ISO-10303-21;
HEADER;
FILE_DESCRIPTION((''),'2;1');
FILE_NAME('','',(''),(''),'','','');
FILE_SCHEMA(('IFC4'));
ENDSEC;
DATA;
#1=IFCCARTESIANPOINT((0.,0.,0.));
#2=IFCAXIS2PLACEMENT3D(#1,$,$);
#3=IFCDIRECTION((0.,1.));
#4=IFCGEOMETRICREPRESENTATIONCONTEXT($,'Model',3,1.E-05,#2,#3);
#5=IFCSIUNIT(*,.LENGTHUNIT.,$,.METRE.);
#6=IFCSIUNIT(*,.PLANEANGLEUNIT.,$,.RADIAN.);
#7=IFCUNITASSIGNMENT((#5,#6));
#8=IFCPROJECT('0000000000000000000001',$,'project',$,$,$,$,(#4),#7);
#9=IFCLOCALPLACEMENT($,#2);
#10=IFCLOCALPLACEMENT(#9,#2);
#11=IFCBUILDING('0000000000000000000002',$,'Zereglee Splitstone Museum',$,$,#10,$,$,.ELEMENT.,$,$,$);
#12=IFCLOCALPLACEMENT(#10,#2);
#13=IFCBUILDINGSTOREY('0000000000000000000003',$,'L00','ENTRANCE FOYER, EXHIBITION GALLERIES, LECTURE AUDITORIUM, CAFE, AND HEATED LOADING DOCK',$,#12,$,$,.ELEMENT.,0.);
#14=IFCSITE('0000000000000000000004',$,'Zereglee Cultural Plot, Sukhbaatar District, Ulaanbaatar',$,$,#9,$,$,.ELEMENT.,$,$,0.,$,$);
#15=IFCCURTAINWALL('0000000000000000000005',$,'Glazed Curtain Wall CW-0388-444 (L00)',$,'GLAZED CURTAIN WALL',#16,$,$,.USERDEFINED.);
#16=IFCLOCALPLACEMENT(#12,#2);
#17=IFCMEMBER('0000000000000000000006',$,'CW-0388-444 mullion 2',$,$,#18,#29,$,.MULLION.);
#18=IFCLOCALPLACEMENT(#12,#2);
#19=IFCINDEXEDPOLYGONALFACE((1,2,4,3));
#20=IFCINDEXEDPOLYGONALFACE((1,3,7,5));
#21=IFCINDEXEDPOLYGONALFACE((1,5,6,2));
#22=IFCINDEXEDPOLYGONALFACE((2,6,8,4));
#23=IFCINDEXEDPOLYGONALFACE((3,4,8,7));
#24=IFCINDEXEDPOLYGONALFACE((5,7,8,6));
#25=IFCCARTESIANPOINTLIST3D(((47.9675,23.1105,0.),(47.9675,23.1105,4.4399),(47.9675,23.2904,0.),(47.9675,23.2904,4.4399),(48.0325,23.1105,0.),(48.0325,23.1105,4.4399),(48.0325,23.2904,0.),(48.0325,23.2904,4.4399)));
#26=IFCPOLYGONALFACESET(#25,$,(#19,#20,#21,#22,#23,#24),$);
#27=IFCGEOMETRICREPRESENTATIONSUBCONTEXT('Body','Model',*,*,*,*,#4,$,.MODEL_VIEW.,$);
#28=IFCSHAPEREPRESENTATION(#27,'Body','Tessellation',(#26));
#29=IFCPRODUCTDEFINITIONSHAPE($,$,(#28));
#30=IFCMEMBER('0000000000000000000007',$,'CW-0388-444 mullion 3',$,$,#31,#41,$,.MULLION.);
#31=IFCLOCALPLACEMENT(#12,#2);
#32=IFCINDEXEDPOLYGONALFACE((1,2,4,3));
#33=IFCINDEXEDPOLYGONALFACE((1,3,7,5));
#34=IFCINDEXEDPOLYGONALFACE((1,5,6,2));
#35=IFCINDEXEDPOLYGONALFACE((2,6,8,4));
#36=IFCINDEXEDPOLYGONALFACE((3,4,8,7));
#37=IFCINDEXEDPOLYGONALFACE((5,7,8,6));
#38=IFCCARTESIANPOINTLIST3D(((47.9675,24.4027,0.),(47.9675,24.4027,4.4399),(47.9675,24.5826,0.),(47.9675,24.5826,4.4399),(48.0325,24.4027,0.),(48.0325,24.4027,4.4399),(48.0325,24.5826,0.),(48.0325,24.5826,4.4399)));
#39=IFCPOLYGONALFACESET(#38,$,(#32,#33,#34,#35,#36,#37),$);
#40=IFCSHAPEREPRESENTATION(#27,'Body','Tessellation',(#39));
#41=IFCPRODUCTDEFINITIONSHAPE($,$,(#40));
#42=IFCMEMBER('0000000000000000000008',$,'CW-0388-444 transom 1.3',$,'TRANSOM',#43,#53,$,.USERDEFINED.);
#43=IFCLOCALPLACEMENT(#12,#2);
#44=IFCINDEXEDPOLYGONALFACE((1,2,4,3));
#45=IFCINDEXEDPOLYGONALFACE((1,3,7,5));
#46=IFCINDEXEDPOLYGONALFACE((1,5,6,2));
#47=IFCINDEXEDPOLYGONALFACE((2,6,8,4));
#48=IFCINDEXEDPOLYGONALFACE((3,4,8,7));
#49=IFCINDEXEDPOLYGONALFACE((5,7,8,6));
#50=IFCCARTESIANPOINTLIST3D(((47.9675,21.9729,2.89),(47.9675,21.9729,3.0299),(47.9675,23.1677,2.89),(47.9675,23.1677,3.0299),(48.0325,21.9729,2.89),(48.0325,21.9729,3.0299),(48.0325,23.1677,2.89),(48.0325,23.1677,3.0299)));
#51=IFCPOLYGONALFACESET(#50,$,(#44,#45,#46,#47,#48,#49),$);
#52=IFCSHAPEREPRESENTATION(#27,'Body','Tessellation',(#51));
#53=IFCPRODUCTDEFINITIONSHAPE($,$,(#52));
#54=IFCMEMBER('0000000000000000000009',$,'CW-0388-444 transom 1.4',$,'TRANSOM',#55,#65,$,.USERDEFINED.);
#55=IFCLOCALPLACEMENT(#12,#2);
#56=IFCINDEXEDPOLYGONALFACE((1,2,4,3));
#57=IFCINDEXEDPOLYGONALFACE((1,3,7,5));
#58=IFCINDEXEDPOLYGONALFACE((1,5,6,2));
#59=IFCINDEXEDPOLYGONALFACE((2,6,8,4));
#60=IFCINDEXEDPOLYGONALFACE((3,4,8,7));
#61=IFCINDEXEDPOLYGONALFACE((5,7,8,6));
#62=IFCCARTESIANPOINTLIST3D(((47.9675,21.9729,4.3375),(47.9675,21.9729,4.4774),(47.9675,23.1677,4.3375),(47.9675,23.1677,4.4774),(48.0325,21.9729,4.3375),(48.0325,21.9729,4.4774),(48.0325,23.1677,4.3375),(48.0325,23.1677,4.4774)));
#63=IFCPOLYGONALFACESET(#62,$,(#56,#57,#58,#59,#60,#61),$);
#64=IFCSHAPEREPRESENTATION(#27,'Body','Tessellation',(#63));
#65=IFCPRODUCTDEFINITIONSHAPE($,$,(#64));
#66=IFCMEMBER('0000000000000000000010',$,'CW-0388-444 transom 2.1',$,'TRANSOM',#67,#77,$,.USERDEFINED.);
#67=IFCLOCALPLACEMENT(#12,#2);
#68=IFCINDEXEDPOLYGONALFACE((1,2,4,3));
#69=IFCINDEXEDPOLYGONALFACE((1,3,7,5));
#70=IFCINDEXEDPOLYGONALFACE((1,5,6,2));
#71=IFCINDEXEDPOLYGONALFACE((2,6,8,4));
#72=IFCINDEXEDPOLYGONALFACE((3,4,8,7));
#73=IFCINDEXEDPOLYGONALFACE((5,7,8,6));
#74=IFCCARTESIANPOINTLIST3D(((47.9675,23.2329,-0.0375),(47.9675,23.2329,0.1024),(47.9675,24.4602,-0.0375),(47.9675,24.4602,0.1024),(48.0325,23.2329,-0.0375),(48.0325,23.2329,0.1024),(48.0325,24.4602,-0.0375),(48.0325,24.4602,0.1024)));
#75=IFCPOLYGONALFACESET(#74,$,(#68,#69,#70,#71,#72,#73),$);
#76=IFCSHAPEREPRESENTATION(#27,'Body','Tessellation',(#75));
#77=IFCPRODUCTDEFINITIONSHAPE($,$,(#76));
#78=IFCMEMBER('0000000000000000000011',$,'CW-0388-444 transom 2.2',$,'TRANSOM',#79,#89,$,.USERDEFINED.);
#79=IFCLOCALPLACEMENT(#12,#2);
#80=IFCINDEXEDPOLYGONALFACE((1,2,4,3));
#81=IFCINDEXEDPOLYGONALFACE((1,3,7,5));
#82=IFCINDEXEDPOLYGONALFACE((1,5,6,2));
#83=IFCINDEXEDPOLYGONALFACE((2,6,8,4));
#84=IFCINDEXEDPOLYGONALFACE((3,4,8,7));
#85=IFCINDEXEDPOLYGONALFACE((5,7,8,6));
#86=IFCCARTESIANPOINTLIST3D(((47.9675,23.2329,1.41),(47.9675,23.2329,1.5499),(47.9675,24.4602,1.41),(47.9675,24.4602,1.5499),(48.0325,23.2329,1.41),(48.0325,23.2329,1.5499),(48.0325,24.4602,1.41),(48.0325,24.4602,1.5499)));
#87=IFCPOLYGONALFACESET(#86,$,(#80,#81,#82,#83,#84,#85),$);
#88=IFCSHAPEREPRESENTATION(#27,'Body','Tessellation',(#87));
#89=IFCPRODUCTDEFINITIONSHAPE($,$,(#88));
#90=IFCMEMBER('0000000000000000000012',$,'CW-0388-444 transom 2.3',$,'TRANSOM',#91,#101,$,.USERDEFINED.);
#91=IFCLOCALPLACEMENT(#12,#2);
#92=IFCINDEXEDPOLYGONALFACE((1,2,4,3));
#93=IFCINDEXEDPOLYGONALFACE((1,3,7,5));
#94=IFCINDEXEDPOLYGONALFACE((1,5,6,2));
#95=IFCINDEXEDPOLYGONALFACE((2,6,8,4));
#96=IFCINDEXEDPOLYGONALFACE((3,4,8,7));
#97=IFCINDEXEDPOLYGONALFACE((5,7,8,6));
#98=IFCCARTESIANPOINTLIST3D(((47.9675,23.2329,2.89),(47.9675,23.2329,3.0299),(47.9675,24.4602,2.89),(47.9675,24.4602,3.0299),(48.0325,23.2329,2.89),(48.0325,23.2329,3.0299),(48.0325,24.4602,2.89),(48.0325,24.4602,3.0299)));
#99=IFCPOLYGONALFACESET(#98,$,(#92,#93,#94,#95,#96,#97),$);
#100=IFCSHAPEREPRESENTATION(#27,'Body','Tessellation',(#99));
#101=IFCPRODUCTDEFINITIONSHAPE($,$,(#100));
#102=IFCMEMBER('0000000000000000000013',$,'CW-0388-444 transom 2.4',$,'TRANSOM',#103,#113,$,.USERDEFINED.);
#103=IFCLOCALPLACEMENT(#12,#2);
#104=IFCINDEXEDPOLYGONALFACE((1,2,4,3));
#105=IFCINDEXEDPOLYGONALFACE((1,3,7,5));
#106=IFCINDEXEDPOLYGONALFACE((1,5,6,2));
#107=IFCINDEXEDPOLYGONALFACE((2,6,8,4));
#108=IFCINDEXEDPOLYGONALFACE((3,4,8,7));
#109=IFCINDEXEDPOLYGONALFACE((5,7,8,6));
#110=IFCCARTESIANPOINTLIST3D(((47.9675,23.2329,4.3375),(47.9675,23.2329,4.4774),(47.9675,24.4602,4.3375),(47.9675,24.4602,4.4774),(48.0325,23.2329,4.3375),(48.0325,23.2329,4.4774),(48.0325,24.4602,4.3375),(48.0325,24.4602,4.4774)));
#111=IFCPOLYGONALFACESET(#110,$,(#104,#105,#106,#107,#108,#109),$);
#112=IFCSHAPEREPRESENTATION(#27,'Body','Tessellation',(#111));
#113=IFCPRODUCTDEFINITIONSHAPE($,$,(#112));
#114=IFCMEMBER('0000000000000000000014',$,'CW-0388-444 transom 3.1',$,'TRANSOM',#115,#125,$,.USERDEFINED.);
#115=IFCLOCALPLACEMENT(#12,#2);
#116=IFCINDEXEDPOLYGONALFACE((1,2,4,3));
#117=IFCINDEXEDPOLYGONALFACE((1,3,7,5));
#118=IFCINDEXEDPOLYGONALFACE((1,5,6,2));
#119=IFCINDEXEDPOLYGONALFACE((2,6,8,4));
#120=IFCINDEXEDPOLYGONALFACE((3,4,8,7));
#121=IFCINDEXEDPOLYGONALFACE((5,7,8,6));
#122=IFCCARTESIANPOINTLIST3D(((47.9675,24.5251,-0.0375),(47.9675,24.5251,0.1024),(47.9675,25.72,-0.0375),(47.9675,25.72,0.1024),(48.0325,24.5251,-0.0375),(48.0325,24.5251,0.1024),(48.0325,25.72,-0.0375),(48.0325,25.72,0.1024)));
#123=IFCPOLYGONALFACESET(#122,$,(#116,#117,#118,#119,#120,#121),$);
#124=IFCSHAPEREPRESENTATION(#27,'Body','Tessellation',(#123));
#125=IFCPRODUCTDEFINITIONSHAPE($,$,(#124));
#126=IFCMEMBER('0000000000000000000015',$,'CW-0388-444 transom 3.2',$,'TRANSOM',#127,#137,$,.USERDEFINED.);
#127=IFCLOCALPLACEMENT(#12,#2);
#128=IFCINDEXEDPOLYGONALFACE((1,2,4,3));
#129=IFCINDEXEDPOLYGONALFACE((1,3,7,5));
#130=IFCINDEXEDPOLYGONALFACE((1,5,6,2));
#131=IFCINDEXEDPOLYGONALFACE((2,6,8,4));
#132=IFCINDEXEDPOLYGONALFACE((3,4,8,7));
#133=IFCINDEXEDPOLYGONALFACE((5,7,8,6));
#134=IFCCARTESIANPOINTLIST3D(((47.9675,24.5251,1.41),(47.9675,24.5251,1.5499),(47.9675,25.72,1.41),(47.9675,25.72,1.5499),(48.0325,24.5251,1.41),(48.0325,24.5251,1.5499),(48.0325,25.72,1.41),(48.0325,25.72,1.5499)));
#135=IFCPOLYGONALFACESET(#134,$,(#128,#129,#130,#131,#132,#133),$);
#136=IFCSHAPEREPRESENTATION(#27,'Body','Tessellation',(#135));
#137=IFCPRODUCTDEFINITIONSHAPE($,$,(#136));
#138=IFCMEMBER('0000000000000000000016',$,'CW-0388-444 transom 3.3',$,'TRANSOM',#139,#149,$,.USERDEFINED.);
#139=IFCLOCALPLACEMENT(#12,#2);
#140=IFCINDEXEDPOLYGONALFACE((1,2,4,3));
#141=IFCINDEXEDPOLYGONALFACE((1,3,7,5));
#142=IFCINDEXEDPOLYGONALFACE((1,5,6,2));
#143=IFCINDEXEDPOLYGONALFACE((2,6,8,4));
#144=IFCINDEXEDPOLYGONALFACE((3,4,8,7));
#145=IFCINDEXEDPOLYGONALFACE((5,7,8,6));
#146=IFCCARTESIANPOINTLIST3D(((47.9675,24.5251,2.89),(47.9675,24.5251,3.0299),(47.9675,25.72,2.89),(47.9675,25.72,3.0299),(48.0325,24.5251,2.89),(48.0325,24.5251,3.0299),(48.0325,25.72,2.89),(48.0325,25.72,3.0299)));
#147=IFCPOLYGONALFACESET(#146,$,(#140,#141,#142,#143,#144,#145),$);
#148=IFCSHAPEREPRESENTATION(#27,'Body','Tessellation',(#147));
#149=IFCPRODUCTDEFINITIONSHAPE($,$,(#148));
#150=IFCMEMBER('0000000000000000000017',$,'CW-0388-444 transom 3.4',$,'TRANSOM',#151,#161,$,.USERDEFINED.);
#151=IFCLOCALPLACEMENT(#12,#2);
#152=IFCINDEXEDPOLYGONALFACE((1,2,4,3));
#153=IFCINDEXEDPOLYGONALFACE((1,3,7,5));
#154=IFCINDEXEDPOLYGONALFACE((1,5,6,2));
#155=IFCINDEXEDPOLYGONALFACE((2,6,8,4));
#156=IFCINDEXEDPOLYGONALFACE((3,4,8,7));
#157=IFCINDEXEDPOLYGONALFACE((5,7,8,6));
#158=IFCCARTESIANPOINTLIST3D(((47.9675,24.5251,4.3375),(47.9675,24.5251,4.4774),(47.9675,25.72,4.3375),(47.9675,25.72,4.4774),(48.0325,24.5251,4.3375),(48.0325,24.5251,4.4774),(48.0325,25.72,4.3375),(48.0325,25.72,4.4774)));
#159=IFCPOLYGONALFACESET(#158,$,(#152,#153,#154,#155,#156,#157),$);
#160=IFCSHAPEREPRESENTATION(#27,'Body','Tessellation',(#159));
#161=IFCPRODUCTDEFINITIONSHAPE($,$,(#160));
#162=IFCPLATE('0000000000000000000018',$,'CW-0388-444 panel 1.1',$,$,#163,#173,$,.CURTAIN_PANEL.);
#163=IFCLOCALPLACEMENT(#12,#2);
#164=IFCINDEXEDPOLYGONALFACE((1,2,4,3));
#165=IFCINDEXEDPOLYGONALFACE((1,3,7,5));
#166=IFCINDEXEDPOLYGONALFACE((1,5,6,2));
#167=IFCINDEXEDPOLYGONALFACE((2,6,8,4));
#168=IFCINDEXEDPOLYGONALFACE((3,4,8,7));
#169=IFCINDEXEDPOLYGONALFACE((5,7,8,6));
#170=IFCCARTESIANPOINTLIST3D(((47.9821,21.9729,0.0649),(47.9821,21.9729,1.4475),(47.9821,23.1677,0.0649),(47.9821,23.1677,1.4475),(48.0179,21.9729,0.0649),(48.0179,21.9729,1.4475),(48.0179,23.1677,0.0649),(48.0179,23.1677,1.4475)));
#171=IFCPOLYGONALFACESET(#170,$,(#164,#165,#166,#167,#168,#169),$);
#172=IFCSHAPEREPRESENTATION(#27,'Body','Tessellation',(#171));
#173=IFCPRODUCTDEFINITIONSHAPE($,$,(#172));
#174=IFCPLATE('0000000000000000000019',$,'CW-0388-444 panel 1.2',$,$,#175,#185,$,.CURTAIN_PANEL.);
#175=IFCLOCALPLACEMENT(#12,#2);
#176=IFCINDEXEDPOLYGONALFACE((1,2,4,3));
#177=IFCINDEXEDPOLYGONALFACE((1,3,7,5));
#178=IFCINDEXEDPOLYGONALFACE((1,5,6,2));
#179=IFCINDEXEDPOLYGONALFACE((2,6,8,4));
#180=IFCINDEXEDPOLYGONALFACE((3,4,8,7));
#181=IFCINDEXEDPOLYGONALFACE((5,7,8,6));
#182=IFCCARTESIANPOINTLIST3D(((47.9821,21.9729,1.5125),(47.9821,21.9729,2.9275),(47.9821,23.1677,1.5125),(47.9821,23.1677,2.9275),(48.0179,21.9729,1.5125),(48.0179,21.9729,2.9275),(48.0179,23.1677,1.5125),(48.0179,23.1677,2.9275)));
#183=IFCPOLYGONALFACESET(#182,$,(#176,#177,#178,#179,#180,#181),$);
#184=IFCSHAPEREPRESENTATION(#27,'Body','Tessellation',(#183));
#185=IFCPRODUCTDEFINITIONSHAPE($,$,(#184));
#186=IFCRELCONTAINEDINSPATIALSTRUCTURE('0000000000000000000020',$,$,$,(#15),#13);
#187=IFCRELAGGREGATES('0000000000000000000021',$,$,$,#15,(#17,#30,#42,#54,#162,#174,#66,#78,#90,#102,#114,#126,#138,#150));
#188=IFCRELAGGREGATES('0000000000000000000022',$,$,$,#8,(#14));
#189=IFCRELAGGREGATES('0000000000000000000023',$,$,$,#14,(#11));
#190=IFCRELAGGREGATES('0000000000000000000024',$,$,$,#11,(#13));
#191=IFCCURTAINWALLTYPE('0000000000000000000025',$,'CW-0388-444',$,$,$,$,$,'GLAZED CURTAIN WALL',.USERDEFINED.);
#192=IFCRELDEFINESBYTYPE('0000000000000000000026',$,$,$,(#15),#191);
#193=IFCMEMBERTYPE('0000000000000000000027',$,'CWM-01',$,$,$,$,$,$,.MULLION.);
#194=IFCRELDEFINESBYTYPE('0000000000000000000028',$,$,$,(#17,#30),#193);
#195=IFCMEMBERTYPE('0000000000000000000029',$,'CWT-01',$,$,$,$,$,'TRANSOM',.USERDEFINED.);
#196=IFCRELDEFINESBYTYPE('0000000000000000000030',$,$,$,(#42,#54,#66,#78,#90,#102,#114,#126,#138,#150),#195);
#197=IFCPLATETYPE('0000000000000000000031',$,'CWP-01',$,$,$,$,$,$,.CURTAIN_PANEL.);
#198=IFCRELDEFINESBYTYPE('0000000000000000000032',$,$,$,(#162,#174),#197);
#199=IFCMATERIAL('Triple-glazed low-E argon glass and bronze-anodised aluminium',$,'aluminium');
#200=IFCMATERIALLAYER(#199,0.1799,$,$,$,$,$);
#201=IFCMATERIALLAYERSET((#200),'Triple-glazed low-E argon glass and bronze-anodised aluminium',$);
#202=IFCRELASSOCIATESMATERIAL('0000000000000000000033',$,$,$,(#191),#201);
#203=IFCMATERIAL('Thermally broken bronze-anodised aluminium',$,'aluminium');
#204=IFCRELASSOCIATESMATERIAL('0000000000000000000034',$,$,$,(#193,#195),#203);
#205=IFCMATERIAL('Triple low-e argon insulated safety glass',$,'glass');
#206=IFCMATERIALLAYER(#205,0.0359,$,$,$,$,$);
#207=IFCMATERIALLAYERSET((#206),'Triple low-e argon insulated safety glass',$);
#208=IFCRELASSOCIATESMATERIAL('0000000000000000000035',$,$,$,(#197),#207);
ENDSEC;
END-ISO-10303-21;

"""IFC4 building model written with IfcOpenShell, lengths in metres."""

from ifc_helpers import new_model, si_unit, direction, frame, origin, origin_2d, place, context, subcontext, project, spatial, rectangle, extrude, material, layer, layer_set, material_profile, profile_set, type_object, element, aggregate, save


model = new_model("IFC4")

# Units and contexts
model_context = context("Model", 3, precision=1e-05, world=origin(), true_north=direction((0.0, 1.0)))
body_context = subcontext(model_context, "Body", "Model", "MODEL_VIEW")
ifc_project = project(units=[si_unit("LENGTHUNIT", "METRE"), si_unit("PLANEANGLEUNIT", "RADIAN")], contexts=[model_context])

# Site, building, storey
site_placement = place(None, origin())
site = spatial("IfcSite", under=ifc_project, at=site_placement, Name="Zereglee Cultural Plot, Sukhbaatar District, Ulaanbaatar", CompositionType="ELEMENT", RefElevation=0.0)
building_placement = place(site_placement, origin())
building = spatial("IfcBuilding", under=site, at=building_placement, Name="Zereglee Splitstone Museum", CompositionType="ELEMENT")
storey_placement = place(building_placement, origin())
storey = spatial("IfcBuildingStorey", under=building, at=storey_placement, Name="L00", Description="ENTRANCE FOYER, EXHIBITION GALLERIES, LECTURE AUDITORIUM, CAFE, AND HEATED LOADING DOCK", CompositionType="ELEMENT", Elevation=0.0)

# Curtain wall, members, plates
ifc_material_1 = material(Name="Triple-glazed low-E argon glass and bronze-anodised aluminium", Category="aluminium")
ifc_layer_1 = layer(ifc_material_1, 0.1799)
ifc_layer_set_1 = layer_set([ifc_layer_1], Name="Triple-glazed low-E argon glass and bronze-anodised aluminium")
curtain_wall_type = type_object("IfcCurtainWallType", Name="CW-0388-444", ElementType="GLAZED CURTAIN WALL", PredefinedType="USERDEFINED", material=ifc_layer_set_1)
curtain_wall_placement = place(storey_placement, origin())
curtain_wall = element("IfcCurtainWall", 1, at=curtain_wall_placement, inside=storey, type_object=curtain_wall_type, Name="Glazed Curtain Wall CW-0388-444 (L00)", ObjectType="GLAZED CURTAIN WALL", PredefinedType="USERDEFINED")
ifc_material_2 = material(Name="Thermally broken bronze-anodised aluminium", Category="aluminium")
ifc_material_profile_1 = material_profile(ifc_material_2, rectangle(XDim=0.0649, YDim=0.1799, at=origin_2d()), Name="CW MULL 65x180")
ifc_profile_set_1 = profile_set([ifc_material_profile_1], Name="Thermally broken bronze-anodised aluminium")
member_type_1 = type_object("IfcMemberType", Name="CWM-01", PredefinedType="MULLION", material=ifc_profile_set_1)
member_1_placement = place(storey_placement, frame((48.0, 23.2004, 0.0), z_axis=(0.0, 0.0, 1.0), x_axis=(-1.0, 0.0, 0.0)))
member_1 = element("IfcMember", 2, at=member_1_placement, type_object=member_type_1, Name="CW-0388-444 mullion 2", PredefinedType="MULLION", context=body_context, shape_type="SweptSolid", body=[
    extrude(rectangle(XDim=0.0649, YDim=0.1799, at=origin_2d()), origin(), (0.0, 0.0, 1.0), 4.4399),
])
member_2_placement = place(storey_placement, frame((48.0, 24.4927, 0.0), z_axis=(0.0, 0.0, 1.0), x_axis=(-1.0, 0.0, 0.0)))
member_2 = element("IfcMember", 3, at=member_2_placement, type_object=member_type_1, Name="CW-0388-444 mullion 3", PredefinedType="MULLION", context=body_context, shape_type="SweptSolid", body=[
    extrude(rectangle(XDim=0.0649, YDim=0.1799, at=origin_2d()), origin(), (0.0, 0.0, 1.0), 4.4399),
])
ifc_material_profile_2 = material_profile(ifc_material_2, rectangle(XDim=0.0649, YDim=0.1399, at=origin_2d()), Name="CW TRAN 65x140")
ifc_profile_set_2 = profile_set([ifc_material_profile_2], Name="Thermally broken bronze-anodised aluminium")
member_type_2 = type_object("IfcMemberType", Name="CWT-01", ElementType="TRANSOM", PredefinedType="USERDEFINED", material=ifc_profile_set_2)
member_3_placement = place(storey_placement, frame((48.0, 21.9729, 2.96), z_axis=(0.0, 1.0, 0.0), x_axis=(-1.0, 0.0, 0.0)))
member_3 = element("IfcMember", 4, at=member_3_placement, type_object=member_type_2, Name="CW-0388-444 transom 1.3", ObjectType="TRANSOM", PredefinedType="USERDEFINED", context=body_context, shape_type="SweptSolid", body=[
    extrude(rectangle(XDim=0.0649, YDim=0.1399, at=origin_2d()), origin(), (0.0, 0.0, 1.0), 1.1948),
])
member_4_placement = place(storey_placement, frame((48.0, 21.9729, 4.4075), z_axis=(0.0, 1.0, 0.0), x_axis=(-1.0, 0.0, 0.0)))
member_4 = element("IfcMember", 5, at=member_4_placement, type_object=member_type_2, Name="CW-0388-444 transom 1.4", ObjectType="TRANSOM", PredefinedType="USERDEFINED", context=body_context, shape_type="SweptSolid", body=[
    extrude(rectangle(XDim=0.0649, YDim=0.1399, at=origin_2d()), origin(), (0.0, 0.0, 1.0), 1.1948),
])
member_5_placement = place(storey_placement, frame((48.0, 23.2329, 0.0325), z_axis=(0.0, 1.0, 0.0), x_axis=(-1.0, 0.0, 0.0)))
member_5 = element("IfcMember", 6, at=member_5_placement, type_object=member_type_2, Name="CW-0388-444 transom 2.1", ObjectType="TRANSOM", PredefinedType="USERDEFINED", context=body_context, shape_type="SweptSolid", body=[
    extrude(rectangle(XDim=0.0649, YDim=0.1399, at=origin_2d()), origin(), (0.0, 0.0, 1.0), 1.2273),
])
member_6_placement = place(storey_placement, frame((48.0, 23.2329, 1.48), z_axis=(0.0, 1.0, 0.0), x_axis=(-1.0, 0.0, 0.0)))
member_6 = element("IfcMember", 7, at=member_6_placement, type_object=member_type_2, Name="CW-0388-444 transom 2.2", ObjectType="TRANSOM", PredefinedType="USERDEFINED", context=body_context, shape_type="SweptSolid", body=[
    extrude(rectangle(XDim=0.0649, YDim=0.1399, at=origin_2d()), origin(), (0.0, 0.0, 1.0), 1.2273),
])
member_7_placement = place(storey_placement, frame((48.0, 23.2329, 2.96), z_axis=(0.0, 1.0, 0.0), x_axis=(-1.0, 0.0, 0.0)))
member_7 = element("IfcMember", 8, at=member_7_placement, type_object=member_type_2, Name="CW-0388-444 transom 2.3", ObjectType="TRANSOM", PredefinedType="USERDEFINED", context=body_context, shape_type="SweptSolid", body=[
    extrude(rectangle(XDim=0.0649, YDim=0.1399, at=origin_2d()), origin(), (0.0, 0.0, 1.0), 1.2273),
])
member_8_placement = place(storey_placement, frame((48.0, 23.2329, 4.4075), z_axis=(0.0, 1.0, 0.0), x_axis=(-1.0, 0.0, 0.0)))
member_8 = element("IfcMember", 9, at=member_8_placement, type_object=member_type_2, Name="CW-0388-444 transom 2.4", ObjectType="TRANSOM", PredefinedType="USERDEFINED", context=body_context, shape_type="SweptSolid", body=[
    extrude(rectangle(XDim=0.0649, YDim=0.1399, at=origin_2d()), origin(), (0.0, 0.0, 1.0), 1.2273),
])
member_9_placement = place(storey_placement, frame((48.0, 24.5251, 0.0325), z_axis=(0.0, 1.0, 0.0), x_axis=(-1.0, 0.0, 0.0)))
member_9 = element("IfcMember", 10, at=member_9_placement, type_object=member_type_2, Name="CW-0388-444 transom 3.1", ObjectType="TRANSOM", PredefinedType="USERDEFINED", context=body_context, shape_type="SweptSolid", body=[
    extrude(rectangle(XDim=0.0649, YDim=0.1399, at=origin_2d()), origin(), (0.0, 0.0, 1.0), 1.1948),
])
member_10_placement = place(storey_placement, frame((48.0, 24.5251, 1.48), z_axis=(0.0, 1.0, 0.0), x_axis=(-1.0, 0.0, 0.0)))
member_10 = element("IfcMember", 11, at=member_10_placement, type_object=member_type_2, Name="CW-0388-444 transom 3.2", ObjectType="TRANSOM", PredefinedType="USERDEFINED", context=body_context, shape_type="SweptSolid", body=[
    extrude(rectangle(XDim=0.0649, YDim=0.1399, at=origin_2d()), origin(), (0.0, 0.0, 1.0), 1.1948),
])
member_11_placement = place(storey_placement, frame((48.0, 24.5251, 2.96), z_axis=(0.0, 1.0, 0.0), x_axis=(-1.0, 0.0, 0.0)))
member_11 = element("IfcMember", 12, at=member_11_placement, type_object=member_type_2, Name="CW-0388-444 transom 3.3", ObjectType="TRANSOM", PredefinedType="USERDEFINED", context=body_context, shape_type="SweptSolid", body=[
    extrude(rectangle(XDim=0.0649, YDim=0.1399, at=origin_2d()), origin(), (0.0, 0.0, 1.0), 1.1948),
])
member_12_placement = place(storey_placement, frame((48.0, 24.5251, 4.4075), z_axis=(0.0, 1.0, 0.0), x_axis=(-1.0, 0.0, 0.0)))
member_12 = element("IfcMember", 13, at=member_12_placement, type_object=member_type_2, Name="CW-0388-444 transom 3.4", ObjectType="TRANSOM", PredefinedType="USERDEFINED", context=body_context, shape_type="SweptSolid", body=[
    extrude(rectangle(XDim=0.0649, YDim=0.1399, at=origin_2d()), origin(), (0.0, 0.0, 1.0), 1.1948),
])
ifc_material_3 = material(Name="Triple low-e argon insulated safety glass", Category="glass")
ifc_layer_2 = layer(ifc_material_3, 0.0359)
ifc_layer_set_2 = layer_set([ifc_layer_2], Name="Triple low-e argon insulated safety glass")
plate_type = type_object("IfcPlateType", Name="CWP-01", PredefinedType="CURTAIN_PANEL", material=ifc_layer_set_2)
plate_1_placement = place(storey_placement, frame((48.0, 22.5703, 0.0649), z_axis=(0.0, 0.0, 1.0), x_axis=(0.0, 1.0, 0.0)))
plate_1 = element("IfcPlate", 14, at=plate_1_placement, type_object=plate_type, Name="CW-0388-444 panel 1.1", PredefinedType="CURTAIN_PANEL", context=body_context, shape_type="SweptSolid", body=[
    extrude(rectangle(XDim=1.1948, YDim=0.0359, at=origin_2d()), origin(), (0.0, 0.0, 1.0), 1.3826),
])
plate_2_placement = place(storey_placement, frame((48.0, 22.5703, 1.5125), z_axis=(0.0, 0.0, 1.0), x_axis=(0.0, 1.0, 0.0)))
plate_2 = element("IfcPlate", 15, at=plate_2_placement, type_object=plate_type, Name="CW-0388-444 panel 1.2", PredefinedType="CURTAIN_PANEL", context=body_context, shape_type="SweptSolid", body=[
    extrude(rectangle(XDim=1.1948, YDim=0.0359, at=origin_2d()), origin(), (0.0, 0.0, 1.0), 1.415),
])
aggregate(curtain_wall, [member_1, member_2, member_3, member_4, plate_1, plate_2, member_5, member_6, member_7, member_8, member_9, member_10, member_11, member_12])

save(model, "model.ifc")
